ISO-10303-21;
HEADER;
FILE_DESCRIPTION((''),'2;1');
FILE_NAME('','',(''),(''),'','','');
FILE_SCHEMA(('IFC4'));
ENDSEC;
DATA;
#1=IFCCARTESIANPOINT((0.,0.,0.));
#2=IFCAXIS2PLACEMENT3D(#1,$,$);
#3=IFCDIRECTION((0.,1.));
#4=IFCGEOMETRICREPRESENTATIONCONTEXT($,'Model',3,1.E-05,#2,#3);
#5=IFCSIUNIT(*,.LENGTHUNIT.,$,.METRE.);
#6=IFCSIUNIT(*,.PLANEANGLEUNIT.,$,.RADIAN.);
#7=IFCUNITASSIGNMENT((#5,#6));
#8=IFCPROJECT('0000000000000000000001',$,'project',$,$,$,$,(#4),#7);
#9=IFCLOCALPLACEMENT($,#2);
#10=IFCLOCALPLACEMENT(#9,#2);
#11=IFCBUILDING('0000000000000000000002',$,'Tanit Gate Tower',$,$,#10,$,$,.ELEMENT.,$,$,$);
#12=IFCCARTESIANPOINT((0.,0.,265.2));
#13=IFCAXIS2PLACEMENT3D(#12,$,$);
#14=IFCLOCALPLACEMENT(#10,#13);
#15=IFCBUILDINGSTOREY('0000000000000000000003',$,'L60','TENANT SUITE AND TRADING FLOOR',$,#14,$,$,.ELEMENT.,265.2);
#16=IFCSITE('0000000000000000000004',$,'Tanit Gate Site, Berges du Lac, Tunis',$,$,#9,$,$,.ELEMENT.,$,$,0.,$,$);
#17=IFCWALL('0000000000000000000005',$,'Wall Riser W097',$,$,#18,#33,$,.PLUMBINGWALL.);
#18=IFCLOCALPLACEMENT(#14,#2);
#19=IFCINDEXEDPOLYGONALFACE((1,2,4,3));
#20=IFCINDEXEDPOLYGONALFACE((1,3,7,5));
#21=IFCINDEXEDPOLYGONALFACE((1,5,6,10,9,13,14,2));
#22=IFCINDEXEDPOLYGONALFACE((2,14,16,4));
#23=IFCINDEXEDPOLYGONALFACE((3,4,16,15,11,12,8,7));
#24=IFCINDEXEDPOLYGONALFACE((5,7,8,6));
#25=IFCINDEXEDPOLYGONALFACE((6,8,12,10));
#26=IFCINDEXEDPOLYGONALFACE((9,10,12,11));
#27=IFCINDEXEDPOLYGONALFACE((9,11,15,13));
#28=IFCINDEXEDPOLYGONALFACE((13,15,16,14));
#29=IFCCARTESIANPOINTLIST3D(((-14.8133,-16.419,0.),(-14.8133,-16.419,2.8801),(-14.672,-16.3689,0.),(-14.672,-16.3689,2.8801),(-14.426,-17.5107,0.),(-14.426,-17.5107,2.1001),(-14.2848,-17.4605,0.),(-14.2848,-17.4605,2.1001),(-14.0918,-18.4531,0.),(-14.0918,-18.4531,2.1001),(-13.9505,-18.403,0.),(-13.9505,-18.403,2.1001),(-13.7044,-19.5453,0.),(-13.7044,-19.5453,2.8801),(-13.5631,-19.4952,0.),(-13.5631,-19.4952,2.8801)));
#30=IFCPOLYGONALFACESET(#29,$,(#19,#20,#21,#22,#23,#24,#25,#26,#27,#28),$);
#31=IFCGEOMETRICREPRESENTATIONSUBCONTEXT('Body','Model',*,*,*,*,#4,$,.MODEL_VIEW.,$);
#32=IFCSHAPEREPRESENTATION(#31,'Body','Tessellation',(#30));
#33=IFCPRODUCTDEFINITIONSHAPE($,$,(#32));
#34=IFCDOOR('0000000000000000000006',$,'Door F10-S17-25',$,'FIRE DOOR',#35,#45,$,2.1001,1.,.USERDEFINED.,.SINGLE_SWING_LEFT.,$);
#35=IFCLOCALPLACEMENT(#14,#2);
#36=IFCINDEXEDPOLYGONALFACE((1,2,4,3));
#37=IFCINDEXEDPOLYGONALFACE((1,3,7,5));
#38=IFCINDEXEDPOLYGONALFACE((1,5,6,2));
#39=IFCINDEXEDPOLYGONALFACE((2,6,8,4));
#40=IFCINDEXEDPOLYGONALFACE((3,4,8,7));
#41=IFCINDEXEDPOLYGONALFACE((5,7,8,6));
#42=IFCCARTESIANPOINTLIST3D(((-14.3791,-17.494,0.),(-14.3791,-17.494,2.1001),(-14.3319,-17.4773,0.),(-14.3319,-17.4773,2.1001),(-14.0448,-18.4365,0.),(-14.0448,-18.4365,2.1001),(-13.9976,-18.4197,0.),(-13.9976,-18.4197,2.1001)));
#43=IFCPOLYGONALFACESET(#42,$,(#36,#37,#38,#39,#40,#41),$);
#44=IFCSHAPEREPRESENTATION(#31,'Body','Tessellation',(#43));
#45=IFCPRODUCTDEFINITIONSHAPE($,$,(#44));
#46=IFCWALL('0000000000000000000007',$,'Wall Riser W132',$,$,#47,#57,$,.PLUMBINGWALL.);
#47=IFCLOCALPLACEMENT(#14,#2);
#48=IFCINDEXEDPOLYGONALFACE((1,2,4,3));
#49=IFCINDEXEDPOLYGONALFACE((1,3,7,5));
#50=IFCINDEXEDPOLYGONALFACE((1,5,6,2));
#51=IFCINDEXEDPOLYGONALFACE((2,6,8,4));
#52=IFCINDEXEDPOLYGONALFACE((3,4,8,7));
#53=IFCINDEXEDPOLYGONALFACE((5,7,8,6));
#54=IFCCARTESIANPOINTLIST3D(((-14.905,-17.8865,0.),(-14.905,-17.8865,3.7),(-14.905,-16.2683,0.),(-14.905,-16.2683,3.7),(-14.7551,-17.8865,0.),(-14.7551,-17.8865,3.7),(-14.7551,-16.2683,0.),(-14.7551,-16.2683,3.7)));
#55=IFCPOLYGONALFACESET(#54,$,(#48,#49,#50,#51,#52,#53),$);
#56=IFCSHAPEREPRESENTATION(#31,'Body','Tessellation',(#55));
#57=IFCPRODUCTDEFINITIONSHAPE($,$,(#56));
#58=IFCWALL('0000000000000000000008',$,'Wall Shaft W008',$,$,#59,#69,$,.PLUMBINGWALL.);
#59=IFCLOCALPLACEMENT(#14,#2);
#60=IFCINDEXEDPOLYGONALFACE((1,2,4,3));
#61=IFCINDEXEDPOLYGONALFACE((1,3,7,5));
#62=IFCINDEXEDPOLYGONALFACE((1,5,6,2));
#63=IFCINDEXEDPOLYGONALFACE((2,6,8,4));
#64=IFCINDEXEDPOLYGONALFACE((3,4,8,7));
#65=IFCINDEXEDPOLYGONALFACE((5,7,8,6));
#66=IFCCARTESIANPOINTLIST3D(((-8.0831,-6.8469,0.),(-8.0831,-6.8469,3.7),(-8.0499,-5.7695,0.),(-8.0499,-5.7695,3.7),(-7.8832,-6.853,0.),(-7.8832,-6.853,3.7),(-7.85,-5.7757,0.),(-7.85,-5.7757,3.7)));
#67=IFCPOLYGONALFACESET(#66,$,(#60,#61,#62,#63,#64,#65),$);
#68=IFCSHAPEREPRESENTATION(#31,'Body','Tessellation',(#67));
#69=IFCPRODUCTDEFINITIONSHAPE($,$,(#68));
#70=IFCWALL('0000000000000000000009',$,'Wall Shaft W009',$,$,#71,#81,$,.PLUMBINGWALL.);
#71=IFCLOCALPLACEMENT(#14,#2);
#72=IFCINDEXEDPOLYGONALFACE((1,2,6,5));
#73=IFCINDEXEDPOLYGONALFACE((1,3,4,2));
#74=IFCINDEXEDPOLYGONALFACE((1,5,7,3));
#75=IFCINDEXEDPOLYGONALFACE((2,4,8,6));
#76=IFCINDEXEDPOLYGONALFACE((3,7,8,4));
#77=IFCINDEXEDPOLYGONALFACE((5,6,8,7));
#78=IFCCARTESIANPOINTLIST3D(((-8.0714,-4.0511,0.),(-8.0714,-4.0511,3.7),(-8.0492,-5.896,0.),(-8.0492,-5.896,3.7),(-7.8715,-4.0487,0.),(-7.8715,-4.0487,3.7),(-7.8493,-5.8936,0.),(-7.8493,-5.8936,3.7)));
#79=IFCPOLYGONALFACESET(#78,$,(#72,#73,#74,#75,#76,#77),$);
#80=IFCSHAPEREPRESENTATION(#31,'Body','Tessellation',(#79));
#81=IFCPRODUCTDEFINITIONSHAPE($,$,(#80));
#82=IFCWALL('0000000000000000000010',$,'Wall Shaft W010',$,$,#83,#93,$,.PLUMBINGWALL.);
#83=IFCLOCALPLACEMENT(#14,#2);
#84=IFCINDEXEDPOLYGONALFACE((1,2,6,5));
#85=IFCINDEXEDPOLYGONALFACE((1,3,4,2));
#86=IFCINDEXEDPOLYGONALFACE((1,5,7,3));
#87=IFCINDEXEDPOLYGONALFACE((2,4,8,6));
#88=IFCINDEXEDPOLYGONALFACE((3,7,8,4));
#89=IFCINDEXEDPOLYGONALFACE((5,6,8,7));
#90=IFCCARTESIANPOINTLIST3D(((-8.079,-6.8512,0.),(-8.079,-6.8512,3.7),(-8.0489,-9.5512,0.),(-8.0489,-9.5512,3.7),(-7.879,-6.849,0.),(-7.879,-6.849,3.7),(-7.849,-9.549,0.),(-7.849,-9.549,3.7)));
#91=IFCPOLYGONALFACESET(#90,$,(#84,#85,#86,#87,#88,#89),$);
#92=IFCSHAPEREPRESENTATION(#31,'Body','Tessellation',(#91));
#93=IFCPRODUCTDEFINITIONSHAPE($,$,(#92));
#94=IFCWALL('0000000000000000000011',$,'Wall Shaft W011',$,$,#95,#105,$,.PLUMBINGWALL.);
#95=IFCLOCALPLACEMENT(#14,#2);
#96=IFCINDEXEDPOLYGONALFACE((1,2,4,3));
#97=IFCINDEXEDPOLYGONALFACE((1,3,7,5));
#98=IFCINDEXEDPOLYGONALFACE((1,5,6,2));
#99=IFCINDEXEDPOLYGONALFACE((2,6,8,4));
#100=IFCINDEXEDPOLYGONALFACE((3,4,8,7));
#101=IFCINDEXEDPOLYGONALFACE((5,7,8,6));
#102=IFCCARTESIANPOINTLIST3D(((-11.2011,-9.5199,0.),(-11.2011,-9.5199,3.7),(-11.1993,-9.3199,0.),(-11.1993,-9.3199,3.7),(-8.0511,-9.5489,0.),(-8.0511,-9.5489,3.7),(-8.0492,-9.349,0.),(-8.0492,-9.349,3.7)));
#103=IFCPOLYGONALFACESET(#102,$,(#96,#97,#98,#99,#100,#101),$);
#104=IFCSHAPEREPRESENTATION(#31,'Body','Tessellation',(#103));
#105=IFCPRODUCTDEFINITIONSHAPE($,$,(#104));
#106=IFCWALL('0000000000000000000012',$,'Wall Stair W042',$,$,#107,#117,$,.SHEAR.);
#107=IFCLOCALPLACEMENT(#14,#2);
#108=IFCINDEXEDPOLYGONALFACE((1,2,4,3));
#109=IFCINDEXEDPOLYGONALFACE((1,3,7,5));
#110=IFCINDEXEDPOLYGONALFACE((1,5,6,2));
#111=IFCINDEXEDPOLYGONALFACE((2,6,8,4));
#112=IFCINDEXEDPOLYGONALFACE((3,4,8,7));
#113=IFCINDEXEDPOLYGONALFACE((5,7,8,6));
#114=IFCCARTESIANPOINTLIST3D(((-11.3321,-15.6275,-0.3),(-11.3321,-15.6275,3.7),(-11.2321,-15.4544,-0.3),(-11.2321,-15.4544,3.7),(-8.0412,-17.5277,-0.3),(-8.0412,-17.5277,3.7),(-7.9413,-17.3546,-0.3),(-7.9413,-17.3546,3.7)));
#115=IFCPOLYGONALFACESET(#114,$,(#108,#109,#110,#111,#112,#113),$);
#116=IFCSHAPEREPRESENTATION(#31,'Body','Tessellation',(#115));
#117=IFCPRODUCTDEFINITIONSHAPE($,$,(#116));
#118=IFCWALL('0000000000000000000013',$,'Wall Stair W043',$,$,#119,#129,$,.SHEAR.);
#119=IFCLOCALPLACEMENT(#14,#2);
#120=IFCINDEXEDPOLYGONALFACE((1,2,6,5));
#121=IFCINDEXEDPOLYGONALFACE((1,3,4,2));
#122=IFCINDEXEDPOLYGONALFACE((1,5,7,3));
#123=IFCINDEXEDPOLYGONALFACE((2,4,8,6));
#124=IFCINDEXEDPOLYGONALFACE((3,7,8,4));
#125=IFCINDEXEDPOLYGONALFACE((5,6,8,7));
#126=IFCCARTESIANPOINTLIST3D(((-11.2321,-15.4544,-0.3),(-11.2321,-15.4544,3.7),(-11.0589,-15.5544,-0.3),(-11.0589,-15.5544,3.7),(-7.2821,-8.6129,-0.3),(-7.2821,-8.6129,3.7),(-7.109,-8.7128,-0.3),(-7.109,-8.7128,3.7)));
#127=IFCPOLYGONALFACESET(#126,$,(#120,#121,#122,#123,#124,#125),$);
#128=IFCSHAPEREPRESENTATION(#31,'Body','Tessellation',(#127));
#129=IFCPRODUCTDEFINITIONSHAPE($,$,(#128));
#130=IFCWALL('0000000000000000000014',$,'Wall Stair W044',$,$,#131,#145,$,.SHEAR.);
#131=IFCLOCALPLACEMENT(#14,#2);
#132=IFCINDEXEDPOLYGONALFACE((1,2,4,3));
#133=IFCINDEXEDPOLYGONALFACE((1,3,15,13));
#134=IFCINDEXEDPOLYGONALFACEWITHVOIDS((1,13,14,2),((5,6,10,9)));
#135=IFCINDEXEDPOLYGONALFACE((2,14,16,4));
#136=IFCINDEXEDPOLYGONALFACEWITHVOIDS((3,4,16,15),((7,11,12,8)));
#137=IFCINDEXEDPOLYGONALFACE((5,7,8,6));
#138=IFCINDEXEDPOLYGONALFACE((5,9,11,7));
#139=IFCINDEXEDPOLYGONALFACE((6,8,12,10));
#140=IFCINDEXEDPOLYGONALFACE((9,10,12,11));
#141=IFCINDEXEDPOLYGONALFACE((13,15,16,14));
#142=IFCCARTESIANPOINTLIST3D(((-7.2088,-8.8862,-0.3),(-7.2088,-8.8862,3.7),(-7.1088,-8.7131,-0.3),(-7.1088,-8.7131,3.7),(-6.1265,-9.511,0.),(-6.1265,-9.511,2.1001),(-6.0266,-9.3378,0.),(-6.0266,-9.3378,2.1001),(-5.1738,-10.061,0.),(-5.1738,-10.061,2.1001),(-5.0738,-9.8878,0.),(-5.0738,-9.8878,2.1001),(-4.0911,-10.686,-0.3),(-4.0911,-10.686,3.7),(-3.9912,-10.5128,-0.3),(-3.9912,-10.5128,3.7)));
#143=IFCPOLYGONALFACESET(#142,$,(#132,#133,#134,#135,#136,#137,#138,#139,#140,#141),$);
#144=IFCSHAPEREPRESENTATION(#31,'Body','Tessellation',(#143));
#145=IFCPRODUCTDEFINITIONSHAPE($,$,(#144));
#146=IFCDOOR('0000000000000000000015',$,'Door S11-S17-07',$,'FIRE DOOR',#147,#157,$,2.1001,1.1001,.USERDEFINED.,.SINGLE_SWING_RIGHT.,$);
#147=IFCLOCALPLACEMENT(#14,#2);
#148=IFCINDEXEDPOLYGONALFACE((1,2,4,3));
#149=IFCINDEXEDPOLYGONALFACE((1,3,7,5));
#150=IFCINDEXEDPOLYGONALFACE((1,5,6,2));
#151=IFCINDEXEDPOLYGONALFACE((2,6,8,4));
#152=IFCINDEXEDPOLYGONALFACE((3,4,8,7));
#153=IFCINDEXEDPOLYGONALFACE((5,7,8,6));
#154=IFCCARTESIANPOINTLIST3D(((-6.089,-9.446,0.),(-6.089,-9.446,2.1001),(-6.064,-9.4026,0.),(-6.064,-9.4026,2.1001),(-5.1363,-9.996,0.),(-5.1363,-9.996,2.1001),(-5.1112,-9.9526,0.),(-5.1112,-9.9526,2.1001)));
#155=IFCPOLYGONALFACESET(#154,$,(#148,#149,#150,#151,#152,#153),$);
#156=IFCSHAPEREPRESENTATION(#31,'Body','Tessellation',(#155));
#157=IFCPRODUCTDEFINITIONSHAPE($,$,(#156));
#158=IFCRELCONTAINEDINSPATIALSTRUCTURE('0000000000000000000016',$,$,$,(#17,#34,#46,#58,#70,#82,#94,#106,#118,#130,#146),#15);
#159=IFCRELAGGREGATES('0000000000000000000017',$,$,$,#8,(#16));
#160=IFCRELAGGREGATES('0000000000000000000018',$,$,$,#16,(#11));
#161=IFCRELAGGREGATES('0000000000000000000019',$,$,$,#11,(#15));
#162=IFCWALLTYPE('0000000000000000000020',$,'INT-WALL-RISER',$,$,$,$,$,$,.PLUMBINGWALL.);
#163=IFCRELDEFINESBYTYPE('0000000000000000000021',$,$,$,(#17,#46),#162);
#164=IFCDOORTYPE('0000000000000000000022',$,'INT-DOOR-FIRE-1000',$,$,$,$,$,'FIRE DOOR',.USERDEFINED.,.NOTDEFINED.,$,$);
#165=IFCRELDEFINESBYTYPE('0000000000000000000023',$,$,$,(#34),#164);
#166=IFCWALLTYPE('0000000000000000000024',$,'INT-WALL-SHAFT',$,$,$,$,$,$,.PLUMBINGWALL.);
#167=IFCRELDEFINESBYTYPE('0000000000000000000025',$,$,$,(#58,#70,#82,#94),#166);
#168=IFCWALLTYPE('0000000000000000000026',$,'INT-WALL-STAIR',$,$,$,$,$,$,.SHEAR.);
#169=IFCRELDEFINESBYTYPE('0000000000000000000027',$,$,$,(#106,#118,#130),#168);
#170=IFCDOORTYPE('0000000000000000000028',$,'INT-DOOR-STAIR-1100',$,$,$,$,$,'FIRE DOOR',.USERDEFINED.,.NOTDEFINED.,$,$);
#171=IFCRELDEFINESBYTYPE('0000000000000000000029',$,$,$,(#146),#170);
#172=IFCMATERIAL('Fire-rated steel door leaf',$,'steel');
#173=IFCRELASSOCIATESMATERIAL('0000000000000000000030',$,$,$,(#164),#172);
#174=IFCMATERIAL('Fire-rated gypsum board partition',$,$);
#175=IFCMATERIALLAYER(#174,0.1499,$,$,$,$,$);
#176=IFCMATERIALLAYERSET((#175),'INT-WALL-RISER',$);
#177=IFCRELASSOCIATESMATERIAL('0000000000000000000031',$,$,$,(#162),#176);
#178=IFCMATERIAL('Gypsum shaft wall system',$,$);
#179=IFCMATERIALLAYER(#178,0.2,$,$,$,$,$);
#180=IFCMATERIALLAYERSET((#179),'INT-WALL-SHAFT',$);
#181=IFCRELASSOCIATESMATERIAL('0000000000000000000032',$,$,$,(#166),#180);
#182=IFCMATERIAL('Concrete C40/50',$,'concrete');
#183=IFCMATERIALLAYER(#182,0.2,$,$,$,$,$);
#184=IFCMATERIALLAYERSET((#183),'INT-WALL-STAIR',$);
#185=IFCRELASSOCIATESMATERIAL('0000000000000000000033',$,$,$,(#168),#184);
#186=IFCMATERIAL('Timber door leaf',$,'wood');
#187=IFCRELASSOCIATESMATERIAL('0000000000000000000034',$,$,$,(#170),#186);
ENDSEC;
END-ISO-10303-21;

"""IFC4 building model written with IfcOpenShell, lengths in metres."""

from ifc_helpers import new_model, si_unit, direction, frame, frame_2d, origin, place, context, subcontext, project, spatial, rectangle, extrude, material, layer, layer_set, type_object, element, fill, save


model = new_model("IFC4")

# Units and contexts
model_context = context("Model", 3, precision=1e-05, world=origin(), true_north=direction((0.0, 1.0)))
body_context = subcontext(model_context, "Body", "Model", "MODEL_VIEW")
ifc_project = project(units=[si_unit("LENGTHUNIT", "METRE"), si_unit("PLANEANGLEUNIT", "RADIAN")], contexts=[model_context])

# Site, building, storey
site_placement = place(None, origin())
site = spatial("IfcSite", under=ifc_project, at=site_placement, Name="Tanit Gate Site, Berges du Lac, Tunis", CompositionType="ELEMENT", RefElevation=0.0)
building_placement = place(site_placement, origin())
building = spatial("IfcBuilding", under=site, at=building_placement, Name="Tanit Gate Tower", CompositionType="ELEMENT")
storey_placement = place(building_placement, frame((0.0, 0.0, 265.2)))
storey = spatial("IfcBuildingStorey", under=building, at=storey_placement, Name="L60", Description="TENANT SUITE AND TRADING FLOOR", CompositionType="ELEMENT", Elevation=265.2)

# Shared definitions
ifc_material_1 = material(Name="Fire-rated steel door leaf", Category="steel")
door_type_1 = type_object("IfcDoorType", Name="INT-DOOR-FIRE-1000", ElementType="FIRE DOOR", OperationType="NOTDEFINED", PredefinedType="USERDEFINED", material=ifc_material_1)

# Wall, opening, door
ifc_material_2 = material(Name="Fire-rated gypsum board partition")
ifc_layer_1 = layer(ifc_material_2, 0.1499)
ifc_layer_set_1 = layer_set([ifc_layer_1], Name="INT-WALL-RISER")
wall_type_1 = type_object("IfcWallType", Name="INT-WALL-RISER", PredefinedType="PLUMBINGWALL", material=ifc_layer_set_1)
wall_1_placement = place(storey_placement, frame((-14.7427, -16.3938, 0.0), z_axis=(0.0, 0.0, 1.0), x_axis=(0.334298, -0.942467, 0.0)))
wall_1 = element("IfcWall", 1, at=wall_1_placement, inside=storey, type_object=wall_type_1, Name="Wall Riser W097", PredefinedType="PLUMBINGWALL", context=body_context, shape_type="SweptSolid", body=[
    extrude(rectangle(XDim=3.3171, YDim=0.1499, at=frame_2d((1.6587, 0.0))), origin(), (0.0, 0.0, 1.0), 2.8801),
])
opening_1_placement = place(wall_1_placement, frame((1.1584, 0.0, 0.0)))
opening_1 = element("IfcOpeningElement", 2, at=opening_1_placement, cuts=wall_1, PredefinedType="OPENING", context=body_context, shape_type="SweptSolid", body=[
    extrude(rectangle(XDim=1.0, YDim=2.1001, at=frame_2d((0.5, 1.05))), frame((0.0, 0.085, 0.0), z_axis=(0.0, -1.0, 0.0), x_axis=(1.0, 0.0, 0.0)), (0.0, 0.0, 1.0), 0.1699),
])
door_1_placement = place(opening_1_placement, origin())
door_1 = element("IfcDoor", 3, at=door_1_placement, inside=storey, type_object=door_type_1, Name="Door F10-S17-25", ObjectType="FIRE DOOR", OperationType="SINGLE_SWING_LEFT", OverallHeight=2.1001, OverallWidth=1.0, PredefinedType="USERDEFINED", context=body_context, shape_type="SweptSolid", body=[
    extrude(rectangle(XDim=1.0, YDim=2.1001, at=frame_2d((0.5, 1.05))), frame((0.0, 0.0249, 0.0), z_axis=(0.0, -1.0, 0.0), x_axis=(1.0, 0.0, 0.0)), (0.0, 0.0, 1.0), 0.05),
])
fill(opening_1, door_1)

# Walls
wall_2_placement = place(storey_placement, frame((-14.8301, -17.8865, 0.0), z_axis=(0.0, 0.0, 1.0), x_axis=(0.0, 1.0, 0.0)))
element("IfcWall", 4, at=wall_2_placement, inside=storey, type_object=wall_type_1, Name="Wall Riser W132", PredefinedType="PLUMBINGWALL", context=body_context, shape_type="SweptSolid", body=[
    extrude(rectangle(XDim=1.6182, YDim=0.1499, at=frame_2d((0.8091, 0.0))), origin(), (0.0, 0.0, 1.0), 3.7),
])
ifc_material_3 = material(Name="Gypsum shaft wall system")
ifc_layer_2 = layer(ifc_material_3, 0.2)
ifc_layer_set_2 = layer_set([ifc_layer_2], Name="INT-WALL-SHAFT")
wall_type_2 = type_object("IfcWallType", Name="INT-WALL-SHAFT", PredefinedType="PLUMBINGWALL", material=ifc_layer_set_2)
wall_3_placement = place(storey_placement, frame((-7.95, -5.7725, 0.0), z_axis=(0.0, 0.0, 1.0), x_axis=(-0.030803, -0.999525, 0.0)))
element("IfcWall", 5, at=wall_3_placement, inside=storey, type_object=wall_type_2, Name="Wall Shaft W008", PredefinedType="PLUMBINGWALL", context=body_context, shape_type="SweptSolid", body=[
    extrude(rectangle(XDim=1.0779, YDim=0.2, at=frame_2d((0.5391, 0.0))), origin(), (0.0, 0.0, 1.0), 3.7),
])
wall_4_placement = place(storey_placement, frame((-7.9714, -4.05, 0.0), z_axis=(0.0, 0.0, 1.0), x_axis=(0.012043, -0.999927, 0.0)))
element("IfcWall", 6, at=wall_4_placement, inside=storey, type_object=wall_type_2, Name="Wall Shaft W009", PredefinedType="PLUMBINGWALL", context=body_context, shape_type="SweptSolid", body=[
    extrude(rectangle(XDim=1.845, YDim=0.2, at=frame_2d((0.9224, 0.0))), origin(), (0.0, 0.0, 1.0), 3.7),
])
wall_5_placement = place(storey_placement, frame((-7.979, -6.8501, 0.0), z_axis=(0.0, 0.0, 1.0), x_axis=(0.011121, -0.999938, 0.0)))
element("IfcWall", 7, at=wall_5_placement, inside=storey, type_object=wall_type_2, Name="Wall Shaft W010", PredefinedType="PLUMBINGWALL", context=body_context, shape_type="SweptSolid", body=[
    extrude(rectangle(XDim=2.7002, YDim=0.2, at=frame_2d((1.3501, 0.0))), origin(), (0.0, 0.0, 1.0), 3.7),
])
wall_6_placement = place(storey_placement, frame((-8.05, -9.449, 0.0), z_axis=(0.0, 0.0, 1.0), x_axis=(-0.999957, 0.009223, 0.0)))
element("IfcWall", 8, at=wall_6_placement, inside=storey, type_object=wall_type_2, Name="Wall Shaft W011", PredefinedType="PLUMBINGWALL", context=body_context, shape_type="SweptSolid", body=[
    extrude(rectangle(XDim=3.1501, YDim=0.2, at=frame_2d((1.5752, 0.0))), origin(), (0.0, 0.0, 1.0), 3.7),
])
ifc_material_4 = material(Name="Concrete C40/50", Category="concrete")
ifc_layer_3 = layer(ifc_material_4, 0.2)
ifc_layer_set_3 = layer_set([ifc_layer_3], Name="INT-WALL-STAIR")
wall_type_3 = type_object("IfcWallType", Name="INT-WALL-STAIR", PredefinedType="SHEAR", material=ifc_layer_set_3)
wall_7_placement = place(storey_placement, frame((-11.282, -15.541, -0.3), z_axis=(0.0, 0.0, 1.0), x_axis=(0.866, -0.500043, 0.0)))
element("IfcWall", 9, at=wall_7_placement, inside=storey, type_object=wall_type_3, Name="Wall Stair W042", PredefinedType="SHEAR", context=body_context, shape_type="SweptSolid", body=[
    extrude(rectangle(XDim=3.8, YDim=0.2, at=frame_2d((1.8999, 0.0))), origin(), (0.0, 0.0, 1.0), 4.0),
])
wall_8_placement = place(storey_placement, frame((-7.1956, -8.6628, -0.3), z_axis=(0.0, 0.0, 1.0), x_axis=(-0.499998, -0.866027, 0.0)))
element("IfcWall", 10, at=wall_8_placement, inside=storey, type_object=wall_type_3, Name="Wall Stair W043", PredefinedType="SHEAR", context=body_context, shape_type="SweptSolid", body=[
    extrude(rectangle(XDim=7.8999, YDim=0.2, at=frame_2d((3.95, 0.0))), origin(), (0.0, 0.0, 1.0), 4.0),
])

# Wall, opening, door
wall_9_placement = place(storey_placement, frame((-4.0413, -10.5994, -0.3), z_axis=(0.0, 0.0, 1.0), x_axis=(-0.866048, 0.499961, 0.0)))
wall_9 = element("IfcWall", 11, at=wall_9_placement, inside=storey, type_object=wall_type_3, Name="Wall Stair W044", PredefinedType="SHEAR", context=body_context, shape_type="SweptSolid", body=[
    extrude(rectangle(XDim=3.5999, YDim=0.2, at=frame_2d((1.7998, 0.0))), origin(), (0.0, 0.0, 1.0), 4.0),
])
opening_2_placement = place(wall_9_placement, frame((1.25, 0.0, 0.3)))
opening_2 = element("IfcOpeningElement", 12, at=opening_2_placement, cuts=wall_9, PredefinedType="OPENING", context=body_context, shape_type="SweptSolid", body=[
    extrude(rectangle(XDim=1.1001, YDim=2.1001, at=frame_2d((0.55, 1.05))), frame((0.0, 0.1099, 0.0), z_axis=(0.0, -1.0, 0.0), x_axis=(1.0, 0.0, 0.0)), (0.0, 0.0, 1.0), 0.22),
])
ifc_material_5 = material(Name="Timber door leaf", Category="wood")
door_type_2 = type_object("IfcDoorType", Name="INT-DOOR-STAIR-1100", ElementType="FIRE DOOR", OperationType="NOTDEFINED", PredefinedType="USERDEFINED", material=ifc_material_5)
door_2_placement = place(opening_2_placement, origin())
door_2 = element("IfcDoor", 13, at=door_2_placement, inside=storey, type_object=door_type_2, Name="Door S11-S17-07", ObjectType="FIRE DOOR", OperationType="SINGLE_SWING_RIGHT", OverallHeight=2.1001, OverallWidth=1.1001, PredefinedType="USERDEFINED", context=body_context, shape_type="SweptSolid", body=[
    extrude(rectangle(XDim=1.1001, YDim=2.1001, at=frame_2d((0.55, 1.05))), frame((0.0, 0.0249, 0.0), z_axis=(0.0, -1.0, 0.0), x_axis=(1.0, 0.0, 0.0)), (0.0, 0.0, 1.0), 0.05),
])
fill(opening_2, door_2)

save(model, "model.ifc")
